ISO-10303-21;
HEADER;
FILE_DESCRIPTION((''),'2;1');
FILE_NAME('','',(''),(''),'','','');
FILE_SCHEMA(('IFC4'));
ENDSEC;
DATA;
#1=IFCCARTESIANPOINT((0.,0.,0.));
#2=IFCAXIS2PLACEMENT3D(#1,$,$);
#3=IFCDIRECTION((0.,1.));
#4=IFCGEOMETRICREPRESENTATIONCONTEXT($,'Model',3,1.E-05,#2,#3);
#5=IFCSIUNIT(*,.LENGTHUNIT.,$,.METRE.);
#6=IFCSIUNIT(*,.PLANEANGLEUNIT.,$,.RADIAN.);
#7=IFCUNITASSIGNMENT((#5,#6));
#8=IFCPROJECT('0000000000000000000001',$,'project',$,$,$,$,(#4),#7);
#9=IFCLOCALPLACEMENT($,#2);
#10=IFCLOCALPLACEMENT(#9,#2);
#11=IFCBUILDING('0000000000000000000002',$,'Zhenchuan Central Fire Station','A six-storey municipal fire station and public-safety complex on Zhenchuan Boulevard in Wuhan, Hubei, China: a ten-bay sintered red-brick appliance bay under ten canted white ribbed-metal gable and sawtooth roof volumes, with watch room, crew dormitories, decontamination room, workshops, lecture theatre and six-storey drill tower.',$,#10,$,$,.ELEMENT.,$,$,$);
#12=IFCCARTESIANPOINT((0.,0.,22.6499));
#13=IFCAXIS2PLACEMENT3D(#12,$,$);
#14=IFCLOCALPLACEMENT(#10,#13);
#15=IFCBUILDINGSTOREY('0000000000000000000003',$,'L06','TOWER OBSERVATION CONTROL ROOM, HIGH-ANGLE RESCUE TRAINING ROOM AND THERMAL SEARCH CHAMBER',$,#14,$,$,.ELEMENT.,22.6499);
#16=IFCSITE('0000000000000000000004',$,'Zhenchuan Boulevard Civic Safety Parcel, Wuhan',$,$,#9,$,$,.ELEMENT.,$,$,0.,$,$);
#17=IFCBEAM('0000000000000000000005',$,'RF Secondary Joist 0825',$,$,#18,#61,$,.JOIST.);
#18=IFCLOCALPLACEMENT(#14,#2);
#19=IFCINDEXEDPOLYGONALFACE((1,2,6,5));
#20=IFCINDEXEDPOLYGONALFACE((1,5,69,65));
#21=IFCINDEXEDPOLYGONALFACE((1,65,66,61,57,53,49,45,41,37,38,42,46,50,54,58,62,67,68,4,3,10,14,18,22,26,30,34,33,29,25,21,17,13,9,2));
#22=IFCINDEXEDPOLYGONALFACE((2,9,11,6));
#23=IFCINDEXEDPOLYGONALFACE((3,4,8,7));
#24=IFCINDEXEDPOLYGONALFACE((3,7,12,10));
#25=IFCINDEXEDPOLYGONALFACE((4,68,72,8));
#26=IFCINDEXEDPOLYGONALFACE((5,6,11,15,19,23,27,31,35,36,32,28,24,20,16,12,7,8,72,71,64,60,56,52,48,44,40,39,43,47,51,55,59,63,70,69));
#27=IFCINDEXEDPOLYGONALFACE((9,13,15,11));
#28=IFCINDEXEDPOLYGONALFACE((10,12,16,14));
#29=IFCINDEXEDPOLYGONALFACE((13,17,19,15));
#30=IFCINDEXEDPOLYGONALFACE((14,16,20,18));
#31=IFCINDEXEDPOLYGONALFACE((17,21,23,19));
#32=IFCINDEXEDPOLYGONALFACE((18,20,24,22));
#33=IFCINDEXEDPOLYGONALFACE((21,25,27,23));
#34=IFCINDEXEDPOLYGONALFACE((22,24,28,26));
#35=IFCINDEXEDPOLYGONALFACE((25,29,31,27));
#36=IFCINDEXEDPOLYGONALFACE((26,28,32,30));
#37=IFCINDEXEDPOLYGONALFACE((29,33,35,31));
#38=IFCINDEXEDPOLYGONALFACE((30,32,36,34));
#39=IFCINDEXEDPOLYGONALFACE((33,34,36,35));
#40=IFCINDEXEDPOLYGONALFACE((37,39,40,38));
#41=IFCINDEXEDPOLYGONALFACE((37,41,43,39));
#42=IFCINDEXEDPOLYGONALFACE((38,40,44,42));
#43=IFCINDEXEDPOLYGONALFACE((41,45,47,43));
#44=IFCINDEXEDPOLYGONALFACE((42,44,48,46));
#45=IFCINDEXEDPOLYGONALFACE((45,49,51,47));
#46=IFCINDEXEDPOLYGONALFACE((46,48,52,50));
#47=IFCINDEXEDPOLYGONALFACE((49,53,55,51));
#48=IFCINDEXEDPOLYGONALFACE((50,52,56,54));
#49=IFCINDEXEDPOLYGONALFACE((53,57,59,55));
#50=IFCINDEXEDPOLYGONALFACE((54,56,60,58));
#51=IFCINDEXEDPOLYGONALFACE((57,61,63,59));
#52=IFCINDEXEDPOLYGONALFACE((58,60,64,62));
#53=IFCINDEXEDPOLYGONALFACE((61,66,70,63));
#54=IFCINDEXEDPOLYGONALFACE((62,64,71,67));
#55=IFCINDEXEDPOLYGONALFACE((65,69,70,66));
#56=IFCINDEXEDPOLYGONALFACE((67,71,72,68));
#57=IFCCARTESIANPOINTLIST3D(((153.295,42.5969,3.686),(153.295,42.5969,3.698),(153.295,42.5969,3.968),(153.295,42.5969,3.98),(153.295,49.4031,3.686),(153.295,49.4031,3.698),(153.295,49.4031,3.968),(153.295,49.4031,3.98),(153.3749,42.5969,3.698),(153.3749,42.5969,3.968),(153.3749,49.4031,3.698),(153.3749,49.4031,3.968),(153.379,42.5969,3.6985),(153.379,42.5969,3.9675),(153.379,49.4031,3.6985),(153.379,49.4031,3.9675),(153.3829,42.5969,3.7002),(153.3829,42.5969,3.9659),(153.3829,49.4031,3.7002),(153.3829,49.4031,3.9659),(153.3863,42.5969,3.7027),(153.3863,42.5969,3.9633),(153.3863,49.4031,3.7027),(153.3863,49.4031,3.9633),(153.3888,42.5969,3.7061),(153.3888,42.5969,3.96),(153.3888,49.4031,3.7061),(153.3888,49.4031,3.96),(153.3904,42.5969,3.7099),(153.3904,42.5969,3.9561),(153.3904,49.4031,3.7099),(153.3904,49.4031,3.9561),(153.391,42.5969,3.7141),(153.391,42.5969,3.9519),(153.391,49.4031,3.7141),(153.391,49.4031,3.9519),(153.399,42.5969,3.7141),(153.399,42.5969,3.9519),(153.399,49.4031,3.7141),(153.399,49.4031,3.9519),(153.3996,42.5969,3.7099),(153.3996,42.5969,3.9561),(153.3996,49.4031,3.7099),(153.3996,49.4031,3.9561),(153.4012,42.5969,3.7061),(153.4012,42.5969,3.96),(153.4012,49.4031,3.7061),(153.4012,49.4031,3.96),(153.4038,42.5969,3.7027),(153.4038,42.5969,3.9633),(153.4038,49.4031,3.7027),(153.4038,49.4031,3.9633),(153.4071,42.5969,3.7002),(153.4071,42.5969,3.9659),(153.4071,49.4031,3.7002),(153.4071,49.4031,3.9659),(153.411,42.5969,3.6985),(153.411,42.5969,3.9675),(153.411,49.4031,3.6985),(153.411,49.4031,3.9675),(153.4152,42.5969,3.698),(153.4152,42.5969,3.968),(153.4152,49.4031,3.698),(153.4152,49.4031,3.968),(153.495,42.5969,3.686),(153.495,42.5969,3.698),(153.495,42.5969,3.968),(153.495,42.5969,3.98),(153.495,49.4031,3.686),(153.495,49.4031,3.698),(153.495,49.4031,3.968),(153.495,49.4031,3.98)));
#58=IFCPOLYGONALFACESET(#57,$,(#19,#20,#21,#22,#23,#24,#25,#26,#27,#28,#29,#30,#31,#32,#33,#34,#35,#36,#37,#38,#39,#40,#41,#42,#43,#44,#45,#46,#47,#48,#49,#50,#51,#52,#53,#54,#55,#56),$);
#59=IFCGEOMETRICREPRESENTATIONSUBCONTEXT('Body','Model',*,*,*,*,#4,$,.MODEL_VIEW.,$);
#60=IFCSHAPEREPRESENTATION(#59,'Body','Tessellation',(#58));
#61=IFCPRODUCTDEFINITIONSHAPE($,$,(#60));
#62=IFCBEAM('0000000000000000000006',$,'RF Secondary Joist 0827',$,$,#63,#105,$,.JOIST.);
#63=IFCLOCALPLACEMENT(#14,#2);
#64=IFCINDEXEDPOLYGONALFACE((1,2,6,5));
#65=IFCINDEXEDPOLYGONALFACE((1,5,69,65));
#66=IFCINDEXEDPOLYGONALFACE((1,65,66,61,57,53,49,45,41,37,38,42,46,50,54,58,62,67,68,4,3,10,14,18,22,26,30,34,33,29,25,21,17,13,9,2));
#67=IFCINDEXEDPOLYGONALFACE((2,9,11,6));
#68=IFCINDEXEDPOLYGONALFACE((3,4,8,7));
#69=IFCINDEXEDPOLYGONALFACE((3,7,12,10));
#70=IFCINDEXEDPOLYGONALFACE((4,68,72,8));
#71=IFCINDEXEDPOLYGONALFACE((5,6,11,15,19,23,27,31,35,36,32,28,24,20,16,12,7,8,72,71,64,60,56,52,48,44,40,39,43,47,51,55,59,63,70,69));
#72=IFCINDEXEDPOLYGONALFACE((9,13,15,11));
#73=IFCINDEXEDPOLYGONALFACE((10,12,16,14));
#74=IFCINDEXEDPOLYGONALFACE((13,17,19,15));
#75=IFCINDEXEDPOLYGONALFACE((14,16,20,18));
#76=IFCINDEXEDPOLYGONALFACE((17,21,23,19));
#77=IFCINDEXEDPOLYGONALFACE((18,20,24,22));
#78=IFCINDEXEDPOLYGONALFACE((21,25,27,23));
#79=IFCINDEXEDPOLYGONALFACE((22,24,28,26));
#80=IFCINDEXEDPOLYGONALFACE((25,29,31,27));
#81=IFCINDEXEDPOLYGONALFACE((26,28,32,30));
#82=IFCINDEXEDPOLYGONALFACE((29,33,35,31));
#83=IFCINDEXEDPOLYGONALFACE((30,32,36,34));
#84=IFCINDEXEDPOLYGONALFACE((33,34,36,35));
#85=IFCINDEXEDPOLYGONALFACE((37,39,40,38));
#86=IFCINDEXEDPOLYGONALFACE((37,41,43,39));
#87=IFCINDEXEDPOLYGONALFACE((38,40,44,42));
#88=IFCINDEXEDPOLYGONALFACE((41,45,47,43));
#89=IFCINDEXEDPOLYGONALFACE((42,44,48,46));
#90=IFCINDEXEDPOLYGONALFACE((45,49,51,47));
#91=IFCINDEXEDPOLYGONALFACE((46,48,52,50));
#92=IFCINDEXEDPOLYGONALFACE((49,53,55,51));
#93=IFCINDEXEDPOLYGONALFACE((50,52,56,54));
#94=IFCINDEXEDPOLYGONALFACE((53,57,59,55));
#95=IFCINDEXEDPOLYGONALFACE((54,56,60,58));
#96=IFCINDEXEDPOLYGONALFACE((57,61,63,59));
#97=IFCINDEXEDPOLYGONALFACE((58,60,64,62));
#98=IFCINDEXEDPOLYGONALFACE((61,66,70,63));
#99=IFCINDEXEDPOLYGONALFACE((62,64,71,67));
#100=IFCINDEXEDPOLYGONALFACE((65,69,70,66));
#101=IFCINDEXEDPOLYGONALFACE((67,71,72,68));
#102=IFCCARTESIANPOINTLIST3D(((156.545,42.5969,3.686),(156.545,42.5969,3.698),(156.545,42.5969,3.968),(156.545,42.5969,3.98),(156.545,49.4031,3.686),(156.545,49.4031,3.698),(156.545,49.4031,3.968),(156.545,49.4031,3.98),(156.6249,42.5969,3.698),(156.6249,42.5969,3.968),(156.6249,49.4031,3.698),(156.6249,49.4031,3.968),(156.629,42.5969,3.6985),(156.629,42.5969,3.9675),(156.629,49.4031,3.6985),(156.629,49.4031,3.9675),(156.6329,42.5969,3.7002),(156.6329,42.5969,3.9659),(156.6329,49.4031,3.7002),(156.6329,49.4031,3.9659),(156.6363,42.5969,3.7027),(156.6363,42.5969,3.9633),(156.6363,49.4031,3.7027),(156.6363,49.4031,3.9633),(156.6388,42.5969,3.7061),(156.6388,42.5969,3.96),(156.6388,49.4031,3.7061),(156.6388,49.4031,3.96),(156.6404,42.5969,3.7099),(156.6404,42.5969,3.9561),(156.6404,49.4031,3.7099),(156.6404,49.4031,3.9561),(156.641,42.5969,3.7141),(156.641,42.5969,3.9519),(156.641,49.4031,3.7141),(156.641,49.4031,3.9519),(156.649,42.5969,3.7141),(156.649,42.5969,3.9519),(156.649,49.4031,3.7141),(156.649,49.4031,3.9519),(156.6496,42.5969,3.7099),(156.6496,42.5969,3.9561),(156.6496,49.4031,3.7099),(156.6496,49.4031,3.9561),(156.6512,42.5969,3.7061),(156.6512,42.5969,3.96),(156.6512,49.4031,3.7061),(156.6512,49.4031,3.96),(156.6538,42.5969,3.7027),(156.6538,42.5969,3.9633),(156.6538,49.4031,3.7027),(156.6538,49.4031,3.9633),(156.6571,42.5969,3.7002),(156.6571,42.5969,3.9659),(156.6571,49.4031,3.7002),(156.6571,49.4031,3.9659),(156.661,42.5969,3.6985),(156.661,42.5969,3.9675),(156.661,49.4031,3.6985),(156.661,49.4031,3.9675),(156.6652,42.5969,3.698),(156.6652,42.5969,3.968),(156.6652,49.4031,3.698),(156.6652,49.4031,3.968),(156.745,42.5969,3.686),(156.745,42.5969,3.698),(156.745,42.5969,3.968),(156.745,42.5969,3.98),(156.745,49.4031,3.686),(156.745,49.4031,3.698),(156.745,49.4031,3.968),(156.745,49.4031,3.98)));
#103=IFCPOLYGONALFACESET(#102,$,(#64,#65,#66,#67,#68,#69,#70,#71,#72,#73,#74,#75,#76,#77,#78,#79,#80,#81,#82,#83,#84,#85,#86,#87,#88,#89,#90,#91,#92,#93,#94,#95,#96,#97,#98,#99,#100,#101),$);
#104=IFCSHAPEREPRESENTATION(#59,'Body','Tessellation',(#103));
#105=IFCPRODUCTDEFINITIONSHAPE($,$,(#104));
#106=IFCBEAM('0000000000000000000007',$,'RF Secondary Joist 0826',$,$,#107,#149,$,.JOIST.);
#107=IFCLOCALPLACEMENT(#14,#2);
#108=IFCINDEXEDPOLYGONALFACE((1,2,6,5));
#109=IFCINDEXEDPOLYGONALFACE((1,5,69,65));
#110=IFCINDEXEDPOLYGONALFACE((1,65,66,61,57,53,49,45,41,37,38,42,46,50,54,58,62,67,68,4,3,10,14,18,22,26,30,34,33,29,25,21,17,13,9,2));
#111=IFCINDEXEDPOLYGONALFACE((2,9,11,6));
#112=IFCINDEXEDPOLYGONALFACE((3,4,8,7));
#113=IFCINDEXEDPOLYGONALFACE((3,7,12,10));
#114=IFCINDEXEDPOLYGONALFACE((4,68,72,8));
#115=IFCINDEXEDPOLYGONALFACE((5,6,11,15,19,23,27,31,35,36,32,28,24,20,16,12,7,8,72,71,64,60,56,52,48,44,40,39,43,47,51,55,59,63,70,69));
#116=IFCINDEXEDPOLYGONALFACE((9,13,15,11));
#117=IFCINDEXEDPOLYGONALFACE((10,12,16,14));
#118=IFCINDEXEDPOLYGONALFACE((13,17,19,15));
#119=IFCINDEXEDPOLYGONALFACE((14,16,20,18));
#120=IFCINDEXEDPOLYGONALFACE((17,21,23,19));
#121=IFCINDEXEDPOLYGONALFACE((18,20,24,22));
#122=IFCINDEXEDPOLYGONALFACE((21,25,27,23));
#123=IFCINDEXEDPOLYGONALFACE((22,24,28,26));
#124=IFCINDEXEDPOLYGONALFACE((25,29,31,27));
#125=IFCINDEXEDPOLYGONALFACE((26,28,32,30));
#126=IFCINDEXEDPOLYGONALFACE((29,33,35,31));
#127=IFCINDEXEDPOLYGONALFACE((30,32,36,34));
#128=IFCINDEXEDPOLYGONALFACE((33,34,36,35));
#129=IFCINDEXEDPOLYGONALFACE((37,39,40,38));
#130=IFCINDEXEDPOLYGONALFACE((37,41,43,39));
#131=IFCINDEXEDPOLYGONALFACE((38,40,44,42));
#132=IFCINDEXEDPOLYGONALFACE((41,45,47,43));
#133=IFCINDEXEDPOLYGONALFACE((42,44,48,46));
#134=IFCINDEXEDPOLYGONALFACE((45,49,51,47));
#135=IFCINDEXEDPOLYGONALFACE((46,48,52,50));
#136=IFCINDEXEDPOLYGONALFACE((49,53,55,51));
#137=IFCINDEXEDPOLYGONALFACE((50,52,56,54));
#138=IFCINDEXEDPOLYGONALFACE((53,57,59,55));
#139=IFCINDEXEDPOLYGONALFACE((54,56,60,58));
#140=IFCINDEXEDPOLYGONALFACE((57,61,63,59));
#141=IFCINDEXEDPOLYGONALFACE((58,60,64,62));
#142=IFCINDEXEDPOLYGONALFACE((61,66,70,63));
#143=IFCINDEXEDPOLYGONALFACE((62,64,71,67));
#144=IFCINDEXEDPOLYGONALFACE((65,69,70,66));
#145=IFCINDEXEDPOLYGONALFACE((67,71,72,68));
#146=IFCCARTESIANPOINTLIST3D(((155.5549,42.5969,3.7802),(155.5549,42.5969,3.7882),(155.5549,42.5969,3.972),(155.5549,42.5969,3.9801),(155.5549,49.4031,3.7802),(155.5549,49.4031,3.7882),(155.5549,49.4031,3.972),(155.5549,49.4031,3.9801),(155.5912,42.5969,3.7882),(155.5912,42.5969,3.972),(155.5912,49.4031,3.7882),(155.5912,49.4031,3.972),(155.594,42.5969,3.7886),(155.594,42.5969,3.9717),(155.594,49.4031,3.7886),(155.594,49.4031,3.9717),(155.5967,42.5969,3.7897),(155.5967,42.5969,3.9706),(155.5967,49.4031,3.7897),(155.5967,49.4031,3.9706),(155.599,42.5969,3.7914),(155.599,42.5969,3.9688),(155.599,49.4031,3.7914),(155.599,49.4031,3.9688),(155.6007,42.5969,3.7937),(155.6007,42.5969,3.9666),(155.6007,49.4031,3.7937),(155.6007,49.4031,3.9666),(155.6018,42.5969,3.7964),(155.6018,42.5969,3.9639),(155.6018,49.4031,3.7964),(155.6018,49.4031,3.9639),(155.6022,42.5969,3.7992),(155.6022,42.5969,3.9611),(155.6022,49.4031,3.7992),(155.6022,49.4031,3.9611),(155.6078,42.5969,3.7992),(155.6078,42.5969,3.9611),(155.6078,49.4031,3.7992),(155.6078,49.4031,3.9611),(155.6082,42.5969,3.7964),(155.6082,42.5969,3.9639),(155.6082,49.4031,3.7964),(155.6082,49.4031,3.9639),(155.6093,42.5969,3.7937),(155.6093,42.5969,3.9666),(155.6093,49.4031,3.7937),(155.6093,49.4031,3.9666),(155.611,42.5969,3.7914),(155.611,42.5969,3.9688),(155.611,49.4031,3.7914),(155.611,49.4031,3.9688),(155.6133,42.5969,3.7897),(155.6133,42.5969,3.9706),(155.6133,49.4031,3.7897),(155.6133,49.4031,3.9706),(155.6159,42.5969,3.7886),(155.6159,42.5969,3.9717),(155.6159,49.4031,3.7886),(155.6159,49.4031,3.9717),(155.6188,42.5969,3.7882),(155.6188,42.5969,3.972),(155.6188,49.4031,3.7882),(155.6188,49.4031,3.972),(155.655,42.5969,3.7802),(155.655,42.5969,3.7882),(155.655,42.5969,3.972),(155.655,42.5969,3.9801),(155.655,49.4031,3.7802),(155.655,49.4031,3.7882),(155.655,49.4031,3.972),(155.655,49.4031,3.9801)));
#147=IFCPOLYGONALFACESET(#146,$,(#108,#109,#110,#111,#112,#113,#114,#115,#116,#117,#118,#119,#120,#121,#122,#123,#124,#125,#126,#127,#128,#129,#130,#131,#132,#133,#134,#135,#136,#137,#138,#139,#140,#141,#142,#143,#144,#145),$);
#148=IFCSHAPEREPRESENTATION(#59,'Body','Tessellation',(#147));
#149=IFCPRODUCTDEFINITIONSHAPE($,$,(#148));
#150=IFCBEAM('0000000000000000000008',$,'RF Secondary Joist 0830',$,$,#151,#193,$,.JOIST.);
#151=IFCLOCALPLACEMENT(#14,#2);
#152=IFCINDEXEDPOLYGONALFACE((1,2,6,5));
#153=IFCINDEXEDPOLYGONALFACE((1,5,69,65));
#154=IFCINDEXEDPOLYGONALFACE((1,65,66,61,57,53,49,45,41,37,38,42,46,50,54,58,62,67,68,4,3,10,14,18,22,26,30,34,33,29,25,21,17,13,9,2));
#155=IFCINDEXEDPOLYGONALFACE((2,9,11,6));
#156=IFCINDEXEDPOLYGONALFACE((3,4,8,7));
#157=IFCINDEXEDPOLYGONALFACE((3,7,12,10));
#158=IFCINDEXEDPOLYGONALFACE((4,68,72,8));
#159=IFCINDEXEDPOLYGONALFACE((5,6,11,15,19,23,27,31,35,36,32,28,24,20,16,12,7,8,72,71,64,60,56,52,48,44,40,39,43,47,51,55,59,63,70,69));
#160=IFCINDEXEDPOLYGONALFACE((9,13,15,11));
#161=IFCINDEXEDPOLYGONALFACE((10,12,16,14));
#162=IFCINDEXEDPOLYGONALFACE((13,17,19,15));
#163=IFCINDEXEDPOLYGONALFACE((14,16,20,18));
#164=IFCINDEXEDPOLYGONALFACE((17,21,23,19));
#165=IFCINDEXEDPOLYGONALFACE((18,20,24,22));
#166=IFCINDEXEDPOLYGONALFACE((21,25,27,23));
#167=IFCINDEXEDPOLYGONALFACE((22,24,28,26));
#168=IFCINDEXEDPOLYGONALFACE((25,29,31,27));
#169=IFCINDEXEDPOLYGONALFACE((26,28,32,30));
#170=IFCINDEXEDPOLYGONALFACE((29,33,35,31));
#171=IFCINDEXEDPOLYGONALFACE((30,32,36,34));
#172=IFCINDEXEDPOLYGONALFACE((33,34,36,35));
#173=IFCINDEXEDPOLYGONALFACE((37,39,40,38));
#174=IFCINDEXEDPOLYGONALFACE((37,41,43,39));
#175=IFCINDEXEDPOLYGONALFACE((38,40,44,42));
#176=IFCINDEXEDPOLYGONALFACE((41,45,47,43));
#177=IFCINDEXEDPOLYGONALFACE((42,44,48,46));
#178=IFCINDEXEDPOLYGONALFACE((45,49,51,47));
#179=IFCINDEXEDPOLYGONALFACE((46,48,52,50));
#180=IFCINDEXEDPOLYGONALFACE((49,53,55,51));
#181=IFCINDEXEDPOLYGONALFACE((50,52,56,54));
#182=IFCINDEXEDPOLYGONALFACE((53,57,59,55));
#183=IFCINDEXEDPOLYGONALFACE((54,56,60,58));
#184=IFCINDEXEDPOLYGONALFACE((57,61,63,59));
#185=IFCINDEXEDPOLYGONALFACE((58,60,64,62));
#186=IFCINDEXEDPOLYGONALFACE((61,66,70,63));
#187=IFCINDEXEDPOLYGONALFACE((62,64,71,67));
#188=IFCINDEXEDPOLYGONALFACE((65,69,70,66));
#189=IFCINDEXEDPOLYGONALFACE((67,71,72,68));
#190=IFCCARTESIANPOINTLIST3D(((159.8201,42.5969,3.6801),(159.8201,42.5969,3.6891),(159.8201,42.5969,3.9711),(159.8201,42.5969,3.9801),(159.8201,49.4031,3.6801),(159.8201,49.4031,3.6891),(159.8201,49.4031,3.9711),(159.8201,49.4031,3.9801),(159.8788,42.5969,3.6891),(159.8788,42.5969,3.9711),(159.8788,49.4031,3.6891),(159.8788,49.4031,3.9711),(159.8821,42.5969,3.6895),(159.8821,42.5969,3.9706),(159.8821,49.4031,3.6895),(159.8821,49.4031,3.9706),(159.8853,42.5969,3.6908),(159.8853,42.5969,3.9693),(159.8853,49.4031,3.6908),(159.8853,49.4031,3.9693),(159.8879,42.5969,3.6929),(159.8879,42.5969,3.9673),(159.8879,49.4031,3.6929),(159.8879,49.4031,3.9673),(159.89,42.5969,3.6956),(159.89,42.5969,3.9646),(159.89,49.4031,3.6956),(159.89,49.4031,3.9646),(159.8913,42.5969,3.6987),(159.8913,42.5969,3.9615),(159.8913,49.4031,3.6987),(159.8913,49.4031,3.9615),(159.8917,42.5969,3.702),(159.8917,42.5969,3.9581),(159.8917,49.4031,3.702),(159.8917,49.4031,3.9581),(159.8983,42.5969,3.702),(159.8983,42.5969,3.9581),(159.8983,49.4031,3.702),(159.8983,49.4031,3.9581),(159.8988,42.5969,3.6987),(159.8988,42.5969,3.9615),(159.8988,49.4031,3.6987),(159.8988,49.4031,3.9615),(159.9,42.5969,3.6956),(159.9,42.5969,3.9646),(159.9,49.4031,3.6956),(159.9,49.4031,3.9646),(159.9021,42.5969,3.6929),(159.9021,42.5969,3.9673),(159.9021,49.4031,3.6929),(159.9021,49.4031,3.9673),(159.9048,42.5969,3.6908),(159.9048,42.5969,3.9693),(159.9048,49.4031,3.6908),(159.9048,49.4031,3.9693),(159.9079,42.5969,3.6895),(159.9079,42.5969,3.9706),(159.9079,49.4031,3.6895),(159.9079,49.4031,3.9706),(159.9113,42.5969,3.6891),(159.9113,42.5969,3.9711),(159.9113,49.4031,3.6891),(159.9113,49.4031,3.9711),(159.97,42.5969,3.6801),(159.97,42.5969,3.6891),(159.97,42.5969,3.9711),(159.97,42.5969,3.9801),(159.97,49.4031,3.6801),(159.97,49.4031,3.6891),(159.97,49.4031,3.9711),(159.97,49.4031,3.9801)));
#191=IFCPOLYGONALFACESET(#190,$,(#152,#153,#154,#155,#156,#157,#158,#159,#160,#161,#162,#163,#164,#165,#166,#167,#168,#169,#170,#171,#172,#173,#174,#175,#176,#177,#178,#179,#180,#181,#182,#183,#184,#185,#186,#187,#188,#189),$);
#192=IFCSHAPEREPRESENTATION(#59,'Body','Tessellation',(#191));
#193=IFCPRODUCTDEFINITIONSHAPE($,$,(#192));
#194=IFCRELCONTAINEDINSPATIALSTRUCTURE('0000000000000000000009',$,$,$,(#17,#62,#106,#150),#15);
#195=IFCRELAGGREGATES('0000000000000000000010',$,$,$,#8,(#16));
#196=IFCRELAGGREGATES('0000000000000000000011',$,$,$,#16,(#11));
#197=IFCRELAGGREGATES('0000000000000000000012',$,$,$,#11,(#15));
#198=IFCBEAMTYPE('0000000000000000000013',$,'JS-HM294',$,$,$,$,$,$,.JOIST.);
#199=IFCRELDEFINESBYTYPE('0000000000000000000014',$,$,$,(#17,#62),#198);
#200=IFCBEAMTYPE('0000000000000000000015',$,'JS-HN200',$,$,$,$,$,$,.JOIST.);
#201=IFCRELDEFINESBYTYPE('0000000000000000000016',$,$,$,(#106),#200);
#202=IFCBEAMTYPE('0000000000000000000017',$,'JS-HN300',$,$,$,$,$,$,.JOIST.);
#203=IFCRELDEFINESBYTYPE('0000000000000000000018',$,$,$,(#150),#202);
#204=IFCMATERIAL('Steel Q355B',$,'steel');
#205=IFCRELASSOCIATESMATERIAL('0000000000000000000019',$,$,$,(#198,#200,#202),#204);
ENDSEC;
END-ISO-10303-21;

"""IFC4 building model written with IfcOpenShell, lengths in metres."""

from ifc_helpers import new_model, si_unit, direction, frame, origin, origin_2d, place, context, subcontext, project, spatial, i_section, extrude, material, material_profile, profile_set, type_object, element, save


model = new_model("IFC4")

# Units and contexts
model_context = context("Model", 3, precision=1e-05, world=origin(), true_north=direction((0.0, 1.0)))
body_context = subcontext(model_context, "Body", "Model", "MODEL_VIEW")
ifc_project = project(units=[si_unit("LENGTHUNIT", "METRE"), si_unit("PLANEANGLEUNIT", "RADIAN")], contexts=[model_context])

# Site, building, storey
site_placement = place(None, origin())
site = spatial("IfcSite", under=ifc_project, at=site_placement, Name="Zhenchuan Boulevard Civic Safety Parcel, Wuhan", CompositionType="ELEMENT", RefElevation=0.0)
building_placement = place(site_placement, origin())
building = spatial("IfcBuilding", under=site, at=building_placement, Name="Zhenchuan Central Fire Station", Description="A six-storey municipal fire station and public-safety complex on Zhenchuan Boulevard in Wuhan, Hubei, China: a ten-bay sintered red-brick appliance bay under ten canted white ribbed-metal gable and sawtooth roof volumes, with watch room, crew dormitories, decontamination room, workshops, lecture theatre and six-storey drill tower.", CompositionType="ELEMENT")
storey_placement = place(building_placement, frame((0.0, 0.0, 22.6499)))
storey = spatial("IfcBuildingStorey", under=building, at=storey_placement, Name="L06", Description="TOWER OBSERVATION CONTROL ROOM, HIGH-ANGLE RESCUE TRAINING ROOM AND THERMAL SEARCH CHAMBER", CompositionType="ELEMENT", Elevation=22.6499)

# Shared definitions
ifc_material_1 = material(Name="Steel Q355B", Category="steel")

# Beams
ifc_material_profile_1 = material_profile(ifc_material_1, i_section(OverallWidth=0.2, OverallDepth=0.2939, WebThickness=0.0081, FlangeThickness=0.012, FilletRadius=0.0161, at=origin_2d()), Name="HM 294x200")
ifc_profile_set_1 = profile_set([ifc_material_profile_1], Name="Steel Q355B")
beam_type_1 = type_object("IfcBeamType", Name="JS-HM294", PredefinedType="JOIST", material=ifc_profile_set_1)
for number, where, z_axis, x_axis, name in (
    (1, (153.395, 42.5969, 3.833), (0.0, 1.0, 0.0), (-1.0, 0.0, 0.0), "RF Secondary Joist 0825"),
    (2, (156.645, 42.5969, 3.833), (0.0, 1.0, 0.0), (-1.0, 0.0, 0.0), "RF Secondary Joist 0827"),
):
    element("IfcBeam", number, at=place(storey_placement, frame(where, z_axis=z_axis, x_axis=x_axis)), inside=storey, type_object=beam_type_1, Name=name, PredefinedType="JOIST", context=body_context, shape_type="SweptSolid", body=[
        extrude(i_section(OverallWidth=0.2, OverallDepth=0.2939, WebThickness=0.0081, FlangeThickness=0.012, FilletRadius=0.0161, at=origin_2d()), origin(), (0.0, 0.0, 1.0), 6.8062),
    ])
ifc_material_profile_2 = material_profile(ifc_material_1, i_section(OverallWidth=0.1001, OverallDepth=0.2, WebThickness=0.0056, FlangeThickness=0.0081, FilletRadius=0.011, at=origin_2d()), Name="HN 200x100")
ifc_profile_set_2 = profile_set([ifc_material_profile_2], Name="Steel Q355B")
beam_type_2 = type_object("IfcBeamType", Name="JS-HN200", PredefinedType="JOIST", material=ifc_profile_set_2)
beam_1_placement = place(storey_placement, frame((155.605, 42.5969, 3.8801), z_axis=(0.0, 1.0, 0.0), x_axis=(-1.0, 0.0, 0.0)))
element("IfcBeam", 3, at=beam_1_placement, inside=storey, type_object=beam_type_2, Name="RF Secondary Joist 0826", PredefinedType="JOIST", context=body_context, shape_type="SweptSolid", body=[
    extrude(i_section(OverallWidth=0.1001, OverallDepth=0.2, WebThickness=0.0056, FlangeThickness=0.0081, FilletRadius=0.011, at=origin_2d()), origin(), (0.0, 0.0, 1.0), 6.8062),
])
ifc_material_profile_3 = material_profile(ifc_material_1, i_section(OverallWidth=0.1499, OverallDepth=0.3, WebThickness=0.0066, FlangeThickness=0.009, FilletRadius=0.0129, at=origin_2d()), Name="HN 300x150")
ifc_profile_set_3 = profile_set([ifc_material_profile_3], Name="Steel Q355B")
beam_type_3 = type_object("IfcBeamType", Name="JS-HN300", PredefinedType="JOIST", material=ifc_profile_set_3)
beam_2_placement = place(storey_placement, frame((159.895, 42.5969, 3.8301), z_axis=(0.0, 1.0, 0.0), x_axis=(-1.0, 0.0, 0.0)))
element("IfcBeam", 4, at=beam_2_placement, inside=storey, type_object=beam_type_3, Name="RF Secondary Joist 0830", PredefinedType="JOIST", context=body_context, shape_type="SweptSolid", body=[
    extrude(i_section(OverallWidth=0.1499, OverallDepth=0.3, WebThickness=0.0066, FlangeThickness=0.009, FilletRadius=0.0129, at=origin_2d()), origin(), (0.0, 0.0, 1.0), 6.8062),
])

save(model, "model.ifc")
